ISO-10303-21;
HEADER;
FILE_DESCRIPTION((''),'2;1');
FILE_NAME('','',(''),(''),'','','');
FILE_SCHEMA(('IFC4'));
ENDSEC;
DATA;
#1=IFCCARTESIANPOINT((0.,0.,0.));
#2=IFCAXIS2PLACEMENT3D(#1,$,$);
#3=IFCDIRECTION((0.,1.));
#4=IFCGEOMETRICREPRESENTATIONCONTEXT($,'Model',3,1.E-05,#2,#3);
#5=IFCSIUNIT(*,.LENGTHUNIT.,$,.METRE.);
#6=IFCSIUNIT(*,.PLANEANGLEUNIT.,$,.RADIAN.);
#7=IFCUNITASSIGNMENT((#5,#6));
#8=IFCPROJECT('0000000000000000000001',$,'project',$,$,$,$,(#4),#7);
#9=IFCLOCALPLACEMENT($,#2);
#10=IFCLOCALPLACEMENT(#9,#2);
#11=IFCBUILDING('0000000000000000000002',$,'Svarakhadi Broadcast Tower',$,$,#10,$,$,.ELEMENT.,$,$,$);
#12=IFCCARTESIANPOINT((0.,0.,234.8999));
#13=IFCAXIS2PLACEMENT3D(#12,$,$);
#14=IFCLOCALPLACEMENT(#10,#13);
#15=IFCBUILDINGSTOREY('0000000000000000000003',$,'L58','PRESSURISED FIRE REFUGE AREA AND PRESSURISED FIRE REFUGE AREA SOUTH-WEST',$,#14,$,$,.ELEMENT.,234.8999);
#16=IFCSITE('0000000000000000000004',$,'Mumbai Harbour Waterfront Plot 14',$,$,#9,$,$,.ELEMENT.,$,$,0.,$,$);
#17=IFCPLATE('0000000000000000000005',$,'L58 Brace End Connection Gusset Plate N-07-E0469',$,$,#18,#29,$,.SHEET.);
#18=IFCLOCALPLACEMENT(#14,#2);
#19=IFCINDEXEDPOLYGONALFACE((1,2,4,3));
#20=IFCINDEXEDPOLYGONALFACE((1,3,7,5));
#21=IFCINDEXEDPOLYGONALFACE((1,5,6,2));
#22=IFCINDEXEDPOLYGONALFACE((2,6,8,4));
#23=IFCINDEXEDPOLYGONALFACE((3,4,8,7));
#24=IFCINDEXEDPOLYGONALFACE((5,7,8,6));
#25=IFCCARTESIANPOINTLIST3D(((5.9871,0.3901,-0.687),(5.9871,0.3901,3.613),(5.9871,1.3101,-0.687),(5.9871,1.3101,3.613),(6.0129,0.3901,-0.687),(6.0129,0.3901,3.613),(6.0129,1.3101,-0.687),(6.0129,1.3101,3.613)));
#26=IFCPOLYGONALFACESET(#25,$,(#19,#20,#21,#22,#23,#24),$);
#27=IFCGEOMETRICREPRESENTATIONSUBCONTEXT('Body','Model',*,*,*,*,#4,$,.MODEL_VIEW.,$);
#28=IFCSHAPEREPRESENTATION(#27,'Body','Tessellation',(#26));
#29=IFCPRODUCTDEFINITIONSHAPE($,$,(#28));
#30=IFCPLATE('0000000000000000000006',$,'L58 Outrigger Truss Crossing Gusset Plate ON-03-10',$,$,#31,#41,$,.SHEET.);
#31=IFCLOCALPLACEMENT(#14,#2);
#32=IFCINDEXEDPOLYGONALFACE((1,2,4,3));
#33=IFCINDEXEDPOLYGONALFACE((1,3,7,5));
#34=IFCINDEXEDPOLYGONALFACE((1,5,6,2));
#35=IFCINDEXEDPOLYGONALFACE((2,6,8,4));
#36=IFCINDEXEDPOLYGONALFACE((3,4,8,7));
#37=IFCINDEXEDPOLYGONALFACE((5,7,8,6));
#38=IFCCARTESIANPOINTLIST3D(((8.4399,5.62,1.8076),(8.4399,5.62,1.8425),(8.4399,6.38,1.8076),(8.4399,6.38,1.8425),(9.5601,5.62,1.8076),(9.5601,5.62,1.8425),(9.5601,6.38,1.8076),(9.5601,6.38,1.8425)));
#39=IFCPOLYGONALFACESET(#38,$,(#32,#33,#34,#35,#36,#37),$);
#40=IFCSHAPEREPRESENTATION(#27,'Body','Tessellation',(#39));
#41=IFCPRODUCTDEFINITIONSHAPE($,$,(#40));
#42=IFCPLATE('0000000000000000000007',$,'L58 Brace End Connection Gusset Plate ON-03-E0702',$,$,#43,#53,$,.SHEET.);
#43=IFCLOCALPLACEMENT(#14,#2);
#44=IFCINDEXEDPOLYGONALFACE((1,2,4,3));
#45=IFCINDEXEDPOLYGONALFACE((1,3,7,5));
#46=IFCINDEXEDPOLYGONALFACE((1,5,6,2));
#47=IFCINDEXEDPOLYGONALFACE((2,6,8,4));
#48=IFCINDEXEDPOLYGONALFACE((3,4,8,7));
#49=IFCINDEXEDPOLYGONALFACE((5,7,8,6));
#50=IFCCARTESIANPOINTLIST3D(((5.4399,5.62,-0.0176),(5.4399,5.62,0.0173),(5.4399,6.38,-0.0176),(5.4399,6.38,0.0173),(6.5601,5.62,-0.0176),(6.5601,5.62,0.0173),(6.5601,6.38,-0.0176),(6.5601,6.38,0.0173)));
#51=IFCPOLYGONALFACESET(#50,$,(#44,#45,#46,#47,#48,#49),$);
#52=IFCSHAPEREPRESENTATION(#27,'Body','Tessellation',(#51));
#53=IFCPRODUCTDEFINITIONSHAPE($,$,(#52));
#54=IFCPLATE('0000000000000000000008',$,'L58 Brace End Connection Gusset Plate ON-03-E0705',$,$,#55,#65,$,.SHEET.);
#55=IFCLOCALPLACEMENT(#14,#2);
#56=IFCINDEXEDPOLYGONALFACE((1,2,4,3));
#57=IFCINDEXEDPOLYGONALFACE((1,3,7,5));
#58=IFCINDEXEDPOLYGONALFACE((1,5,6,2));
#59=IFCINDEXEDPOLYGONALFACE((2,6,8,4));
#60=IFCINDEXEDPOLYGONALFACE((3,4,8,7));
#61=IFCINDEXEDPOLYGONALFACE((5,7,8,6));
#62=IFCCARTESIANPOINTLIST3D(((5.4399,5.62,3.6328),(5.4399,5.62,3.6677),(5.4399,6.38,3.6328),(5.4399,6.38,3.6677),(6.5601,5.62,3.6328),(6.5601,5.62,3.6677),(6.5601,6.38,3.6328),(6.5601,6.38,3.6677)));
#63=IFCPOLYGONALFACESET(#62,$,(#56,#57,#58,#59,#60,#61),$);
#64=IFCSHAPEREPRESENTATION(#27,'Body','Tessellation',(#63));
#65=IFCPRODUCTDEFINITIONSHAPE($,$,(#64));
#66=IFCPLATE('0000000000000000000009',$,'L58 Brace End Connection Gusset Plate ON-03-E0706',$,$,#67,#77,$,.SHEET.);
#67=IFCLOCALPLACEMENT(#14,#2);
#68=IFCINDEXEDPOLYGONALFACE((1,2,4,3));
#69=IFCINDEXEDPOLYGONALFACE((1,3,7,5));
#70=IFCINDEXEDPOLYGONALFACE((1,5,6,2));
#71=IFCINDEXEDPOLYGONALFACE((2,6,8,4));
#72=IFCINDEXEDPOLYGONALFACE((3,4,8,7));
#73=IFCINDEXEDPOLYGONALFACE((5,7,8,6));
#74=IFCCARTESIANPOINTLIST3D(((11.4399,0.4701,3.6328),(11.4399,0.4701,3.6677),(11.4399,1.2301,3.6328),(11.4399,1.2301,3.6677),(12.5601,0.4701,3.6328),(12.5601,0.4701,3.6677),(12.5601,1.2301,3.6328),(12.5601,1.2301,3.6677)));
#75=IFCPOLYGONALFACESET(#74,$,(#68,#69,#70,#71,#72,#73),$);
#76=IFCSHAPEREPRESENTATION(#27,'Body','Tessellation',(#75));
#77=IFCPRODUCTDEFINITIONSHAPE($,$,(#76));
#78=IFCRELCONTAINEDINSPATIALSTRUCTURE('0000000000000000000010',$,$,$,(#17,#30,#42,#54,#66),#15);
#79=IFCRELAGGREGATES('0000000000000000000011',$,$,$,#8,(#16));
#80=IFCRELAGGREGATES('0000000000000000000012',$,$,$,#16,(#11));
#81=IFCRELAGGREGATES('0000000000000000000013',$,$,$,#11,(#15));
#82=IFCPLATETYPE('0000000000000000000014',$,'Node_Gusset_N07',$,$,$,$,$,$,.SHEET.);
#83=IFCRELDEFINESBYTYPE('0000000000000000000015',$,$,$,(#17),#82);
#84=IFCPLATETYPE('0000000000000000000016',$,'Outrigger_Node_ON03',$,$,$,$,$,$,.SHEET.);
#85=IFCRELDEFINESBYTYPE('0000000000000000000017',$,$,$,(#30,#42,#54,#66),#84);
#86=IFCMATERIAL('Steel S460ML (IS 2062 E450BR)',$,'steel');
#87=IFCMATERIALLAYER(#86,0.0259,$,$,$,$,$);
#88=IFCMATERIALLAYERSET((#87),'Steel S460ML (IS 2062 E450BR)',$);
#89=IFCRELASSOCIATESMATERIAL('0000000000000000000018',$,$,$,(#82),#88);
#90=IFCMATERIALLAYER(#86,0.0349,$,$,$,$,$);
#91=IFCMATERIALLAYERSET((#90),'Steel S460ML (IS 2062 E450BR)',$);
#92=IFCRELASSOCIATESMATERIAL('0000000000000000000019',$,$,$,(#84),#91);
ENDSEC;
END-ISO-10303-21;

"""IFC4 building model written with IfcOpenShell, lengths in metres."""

from ifc_helpers import new_model, si_unit, direction, frame, origin, origin_2d, place, context, subcontext, project, spatial, rectangle, extrude, material, layer, layer_set, type_object, element, save


model = new_model("IFC4")

# Units and contexts
model_context = context("Model", 3, precision=1e-05, world=origin(), true_north=direction((0.0, 1.0)))
body_context = subcontext(model_context, "Body", "Model", "MODEL_VIEW")
ifc_project = project(units=[si_unit("LENGTHUNIT", "METRE"), si_unit("PLANEANGLEUNIT", "RADIAN")], contexts=[model_context])

# Site, building, storey
site_placement = place(None, origin())
site = spatial("IfcSite", under=ifc_project, at=site_placement, Name="Mumbai Harbour Waterfront Plot 14", CompositionType="ELEMENT", RefElevation=0.0)
building_placement = place(site_placement, origin())
building = spatial("IfcBuilding", under=site, at=building_placement, Name="Svarakhadi Broadcast Tower", CompositionType="ELEMENT")
storey_placement = place(building_placement, frame((0.0, 0.0, 234.8999)))
storey = spatial("IfcBuildingStorey", under=building, at=storey_placement, Name="L58", Description="PRESSURISED FIRE REFUGE AREA AND PRESSURISED FIRE REFUGE AREA SOUTH-WEST", CompositionType="ELEMENT", Elevation=234.8999)

# Shared definitions
ifc_material_1 = material(Name="Steel S460ML (IS 2062 E450BR)", Category="steel")

# Plates
ifc_layer_1 = layer(ifc_material_1, 0.0259)
ifc_layer_set_1 = layer_set([ifc_layer_1], Name="Steel S460ML (IS 2062 E450BR)")
plate_type_1 = type_object("IfcPlateType", Name="Node_Gusset_N07", PredefinedType="SHEET", material=ifc_layer_set_1)
plate_placement = place(storey_placement, frame((6.0, 0.8501, -0.687), z_axis=(0.0, 0.0, 1.0), x_axis=(0.0, 1.0, 0.0)))
element("IfcPlate", 1, at=plate_placement, inside=storey, type_object=plate_type_1, Name="L58 Brace End Connection Gusset Plate N-07-E0469", PredefinedType="SHEET", context=body_context, shape_type="SweptSolid", body=[
    extrude(rectangle(XDim=0.9199, YDim=0.0259, at=origin_2d()), origin(), (0.0, 0.0, 1.0), 4.3),
])
ifc_layer_2 = layer(ifc_material_1, 0.0349)
ifc_layer_set_2 = layer_set([ifc_layer_2], Name="Steel S460ML (IS 2062 E450BR)")
plate_type_2 = type_object("IfcPlateType", Name="Outrigger_Node_ON03", PredefinedType="SHEET", material=ifc_layer_set_2)
for number, where, z_axis, x_axis, name in (
    (2, (9.0, 6.0, 1.8076), (0.0, 0.0, 1.0), (1.0, 0.0, 0.0), "L58 Outrigger Truss Crossing Gusset Plate ON-03-10"),
    (3, (6.0, 6.0, -0.0176), (0.0, 0.0, 1.0), (1.0, 0.0, 0.0), "L58 Brace End Connection Gusset Plate ON-03-E0702"),
    (4, (6.0, 6.0, 3.6328), (0.0, 0.0, 1.0), (1.0, 0.0, 0.0), "L58 Brace End Connection Gusset Plate ON-03-E0705"),
    (5, (12.0, 0.8501, 3.6328), (0.0, 0.0, 1.0), (1.0, 0.0, 0.0), "L58 Brace End Connection Gusset Plate ON-03-E0706"),
):
    element("IfcPlate", number, at=place(storey_placement, frame(where, z_axis=z_axis, x_axis=x_axis)), inside=storey, type_object=plate_type_2, Name=name, PredefinedType="SHEET", context=body_context, shape_type="SweptSolid", body=[
        extrude(rectangle(XDim=1.1201, YDim=0.76, at=origin_2d()), origin(), (0.0, 0.0, 1.0), 0.0349),
    ])

save(model, "model.ifc")
